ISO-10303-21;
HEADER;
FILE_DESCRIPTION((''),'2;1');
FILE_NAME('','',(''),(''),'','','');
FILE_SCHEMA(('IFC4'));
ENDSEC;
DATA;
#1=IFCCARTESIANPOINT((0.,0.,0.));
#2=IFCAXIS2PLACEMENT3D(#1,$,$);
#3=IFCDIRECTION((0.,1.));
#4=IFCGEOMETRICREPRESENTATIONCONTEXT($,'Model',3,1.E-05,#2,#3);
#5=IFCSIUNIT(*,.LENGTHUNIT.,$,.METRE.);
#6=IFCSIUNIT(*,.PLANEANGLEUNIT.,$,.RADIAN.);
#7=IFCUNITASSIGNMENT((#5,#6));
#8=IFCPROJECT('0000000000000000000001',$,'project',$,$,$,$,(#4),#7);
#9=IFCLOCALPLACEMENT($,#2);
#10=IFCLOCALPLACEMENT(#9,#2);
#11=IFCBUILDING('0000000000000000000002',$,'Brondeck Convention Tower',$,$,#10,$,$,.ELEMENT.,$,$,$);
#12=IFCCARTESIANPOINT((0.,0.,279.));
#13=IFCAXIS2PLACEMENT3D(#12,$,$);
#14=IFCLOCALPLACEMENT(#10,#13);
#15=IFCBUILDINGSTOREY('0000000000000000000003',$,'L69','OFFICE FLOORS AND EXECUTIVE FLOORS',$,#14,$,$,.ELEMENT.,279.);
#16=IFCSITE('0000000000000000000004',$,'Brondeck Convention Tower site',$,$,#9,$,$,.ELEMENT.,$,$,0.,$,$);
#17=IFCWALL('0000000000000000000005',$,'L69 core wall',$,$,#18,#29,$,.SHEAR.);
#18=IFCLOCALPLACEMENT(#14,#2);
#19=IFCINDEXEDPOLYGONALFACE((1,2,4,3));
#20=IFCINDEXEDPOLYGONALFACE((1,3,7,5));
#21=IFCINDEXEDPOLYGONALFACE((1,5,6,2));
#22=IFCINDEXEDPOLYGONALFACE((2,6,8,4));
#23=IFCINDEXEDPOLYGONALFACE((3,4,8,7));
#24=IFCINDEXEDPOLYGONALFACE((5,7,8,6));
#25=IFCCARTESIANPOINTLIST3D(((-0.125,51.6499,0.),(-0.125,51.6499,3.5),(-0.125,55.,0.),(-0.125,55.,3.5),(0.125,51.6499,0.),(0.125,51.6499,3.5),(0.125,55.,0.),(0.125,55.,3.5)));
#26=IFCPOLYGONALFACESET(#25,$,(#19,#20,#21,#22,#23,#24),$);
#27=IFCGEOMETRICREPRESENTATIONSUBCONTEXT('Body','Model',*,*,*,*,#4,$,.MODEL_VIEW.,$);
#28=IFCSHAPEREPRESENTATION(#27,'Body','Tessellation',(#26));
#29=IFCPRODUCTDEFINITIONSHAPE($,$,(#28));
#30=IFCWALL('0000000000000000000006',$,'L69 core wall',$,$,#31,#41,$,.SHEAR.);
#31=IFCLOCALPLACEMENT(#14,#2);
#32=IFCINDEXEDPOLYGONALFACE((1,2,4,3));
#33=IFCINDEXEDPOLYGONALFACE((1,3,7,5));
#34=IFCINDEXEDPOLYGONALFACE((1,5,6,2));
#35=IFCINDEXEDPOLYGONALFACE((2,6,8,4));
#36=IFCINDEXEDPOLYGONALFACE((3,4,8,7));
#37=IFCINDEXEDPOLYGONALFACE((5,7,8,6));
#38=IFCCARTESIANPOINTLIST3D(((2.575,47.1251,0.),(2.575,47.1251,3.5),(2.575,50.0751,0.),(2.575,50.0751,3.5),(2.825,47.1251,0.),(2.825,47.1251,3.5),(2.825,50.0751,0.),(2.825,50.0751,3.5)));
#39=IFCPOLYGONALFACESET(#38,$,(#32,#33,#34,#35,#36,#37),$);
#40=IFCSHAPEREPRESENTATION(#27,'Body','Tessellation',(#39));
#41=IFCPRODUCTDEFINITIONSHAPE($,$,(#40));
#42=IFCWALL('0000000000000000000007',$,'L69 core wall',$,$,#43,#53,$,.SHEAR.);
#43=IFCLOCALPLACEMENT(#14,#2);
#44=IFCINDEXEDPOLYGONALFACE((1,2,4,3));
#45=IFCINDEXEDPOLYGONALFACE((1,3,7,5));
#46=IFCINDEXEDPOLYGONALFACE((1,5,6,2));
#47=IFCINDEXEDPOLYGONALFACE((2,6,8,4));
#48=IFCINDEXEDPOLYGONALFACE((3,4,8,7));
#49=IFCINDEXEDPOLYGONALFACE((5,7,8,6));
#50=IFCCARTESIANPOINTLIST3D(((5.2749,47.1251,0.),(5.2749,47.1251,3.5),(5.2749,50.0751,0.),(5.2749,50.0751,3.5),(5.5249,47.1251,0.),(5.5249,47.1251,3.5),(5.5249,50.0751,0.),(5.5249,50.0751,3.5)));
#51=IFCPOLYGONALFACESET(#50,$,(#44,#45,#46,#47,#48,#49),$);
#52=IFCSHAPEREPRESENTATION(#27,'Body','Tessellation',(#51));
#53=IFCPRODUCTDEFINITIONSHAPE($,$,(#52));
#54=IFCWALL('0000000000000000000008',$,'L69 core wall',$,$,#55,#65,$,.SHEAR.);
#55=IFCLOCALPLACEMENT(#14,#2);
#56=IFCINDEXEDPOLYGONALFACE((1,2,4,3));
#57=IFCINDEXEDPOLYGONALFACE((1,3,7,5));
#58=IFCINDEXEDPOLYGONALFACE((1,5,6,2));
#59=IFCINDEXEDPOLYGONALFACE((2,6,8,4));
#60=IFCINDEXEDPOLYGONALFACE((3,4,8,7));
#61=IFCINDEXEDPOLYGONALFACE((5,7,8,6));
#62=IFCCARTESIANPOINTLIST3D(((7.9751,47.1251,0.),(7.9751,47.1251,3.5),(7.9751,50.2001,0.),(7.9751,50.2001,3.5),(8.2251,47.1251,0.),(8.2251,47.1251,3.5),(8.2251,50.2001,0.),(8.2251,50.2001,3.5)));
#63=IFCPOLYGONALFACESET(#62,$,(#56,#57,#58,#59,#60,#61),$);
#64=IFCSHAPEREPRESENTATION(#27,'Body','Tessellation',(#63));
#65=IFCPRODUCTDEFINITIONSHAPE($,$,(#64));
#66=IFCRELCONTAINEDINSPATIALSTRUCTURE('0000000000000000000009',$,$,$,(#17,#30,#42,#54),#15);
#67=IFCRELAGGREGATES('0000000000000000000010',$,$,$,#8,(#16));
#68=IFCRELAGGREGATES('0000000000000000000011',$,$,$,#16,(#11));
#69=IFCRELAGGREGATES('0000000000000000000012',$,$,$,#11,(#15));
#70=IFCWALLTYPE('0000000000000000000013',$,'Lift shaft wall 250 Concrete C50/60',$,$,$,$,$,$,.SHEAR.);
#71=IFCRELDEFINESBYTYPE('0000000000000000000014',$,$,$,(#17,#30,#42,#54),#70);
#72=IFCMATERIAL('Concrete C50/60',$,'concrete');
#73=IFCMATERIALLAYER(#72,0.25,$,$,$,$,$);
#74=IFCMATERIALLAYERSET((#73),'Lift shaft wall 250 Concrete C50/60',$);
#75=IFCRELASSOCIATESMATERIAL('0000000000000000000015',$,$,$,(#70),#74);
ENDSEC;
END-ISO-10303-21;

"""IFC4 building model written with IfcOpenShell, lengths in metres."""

from ifc_helpers import new_model, si_unit, direction, frame, frame_2d, origin, place, context, subcontext, project, spatial, rectangle, extrude, material, layer, layer_set, type_object, element, save


model = new_model("IFC4")

# Units and contexts
model_context = context("Model", 3, precision=1e-05, world=origin(), true_north=direction((0.0, 1.0)))
body_context = subcontext(model_context, "Body", "Model", "MODEL_VIEW")
ifc_project = project(units=[si_unit("LENGTHUNIT", "METRE"), si_unit("PLANEANGLEUNIT", "RADIAN")], contexts=[model_context])

# Site, building, storey
site_placement = place(None, origin())
site = spatial("IfcSite", under=ifc_project, at=site_placement, Name="Brondeck Convention Tower site", CompositionType="ELEMENT", RefElevation=0.0)
building_placement = place(site_placement, origin())
building = spatial("IfcBuilding", under=site, at=building_placement, Name="Brondeck Convention Tower", CompositionType="ELEMENT")
storey_placement = place(building_placement, frame((0.0, 0.0, 279.0)))
storey = spatial("IfcBuildingStorey", under=building, at=storey_placement, Name="L69", Description="OFFICE FLOORS AND EXECUTIVE FLOORS", CompositionType="ELEMENT", Elevation=279.0)

# Shared definitions
ifc_material_1 = material(Name="Concrete C50/60", Category="concrete")

# Shared definitions
ifc_layer_1 = layer(ifc_material_1, 0.25)
ifc_layer_set_1 = layer_set([ifc_layer_1], Name="Lift shaft wall 250 Concrete C50/60")
wall_type_1 = type_object("IfcWallType", Name="Lift shaft wall 250 Concrete C50/60", PredefinedType="SHEAR", material=ifc_layer_set_1)

# Walls
wall_1_placement = place(storey_placement, frame((0.0, 51.6499, 0.0), z_axis=(0.0, 0.0, 1.0), x_axis=(0.0, 1.0, 0.0)))
element("IfcWall", 1, at=wall_1_placement, inside=storey, type_object=wall_type_1, Name="L69 core wall", PredefinedType="SHEAR", context=body_context, shape_type="SweptSolid", body=[
    extrude(rectangle(XDim=3.3501, YDim=0.25, at=frame_2d((1.675, 0.0))), origin(), (0.0, 0.0, 1.0), 3.5),
])
for number, where, z_axis, x_axis, name in (
    (2, (2.7, 47.125, 0.0), (0.0, 0.0, 1.0), (0.0, 1.0, 0.0), "L69 core wall"),
    (3, (5.3999, 47.125, 0.0), (0.0, 0.0, 1.0), (0.0, 1.0, 0.0), "L69 core wall"),
):
    element("IfcWall", number, at=place(storey_placement, frame(where, z_axis=z_axis, x_axis=x_axis)), inside=storey, type_object=wall_type_1, Name=name, PredefinedType="SHEAR", context=body_context, shape_type="SweptSolid", body=[
        extrude(rectangle(XDim=2.95, YDim=0.25, at=frame_2d((1.4751, 0.0))), origin(), (0.0, 0.0, 1.0), 3.5),
    ])
wall_2_placement = place(storey_placement, frame((8.1001, 47.125, 0.0), z_axis=(0.0, 0.0, 1.0), x_axis=(0.0, 1.0, 0.0)))
element("IfcWall", 4, at=wall_2_placement, inside=storey, type_object=wall_type_1, Name="L69 core wall", PredefinedType="SHEAR", context=body_context, shape_type="SweptSolid", body=[
    extrude(rectangle(XDim=3.075, YDim=0.25, at=frame_2d((1.5376, 0.0))), origin(), (0.0, 0.0, 1.0), 3.5),
])

save(model, "model.ifc")
